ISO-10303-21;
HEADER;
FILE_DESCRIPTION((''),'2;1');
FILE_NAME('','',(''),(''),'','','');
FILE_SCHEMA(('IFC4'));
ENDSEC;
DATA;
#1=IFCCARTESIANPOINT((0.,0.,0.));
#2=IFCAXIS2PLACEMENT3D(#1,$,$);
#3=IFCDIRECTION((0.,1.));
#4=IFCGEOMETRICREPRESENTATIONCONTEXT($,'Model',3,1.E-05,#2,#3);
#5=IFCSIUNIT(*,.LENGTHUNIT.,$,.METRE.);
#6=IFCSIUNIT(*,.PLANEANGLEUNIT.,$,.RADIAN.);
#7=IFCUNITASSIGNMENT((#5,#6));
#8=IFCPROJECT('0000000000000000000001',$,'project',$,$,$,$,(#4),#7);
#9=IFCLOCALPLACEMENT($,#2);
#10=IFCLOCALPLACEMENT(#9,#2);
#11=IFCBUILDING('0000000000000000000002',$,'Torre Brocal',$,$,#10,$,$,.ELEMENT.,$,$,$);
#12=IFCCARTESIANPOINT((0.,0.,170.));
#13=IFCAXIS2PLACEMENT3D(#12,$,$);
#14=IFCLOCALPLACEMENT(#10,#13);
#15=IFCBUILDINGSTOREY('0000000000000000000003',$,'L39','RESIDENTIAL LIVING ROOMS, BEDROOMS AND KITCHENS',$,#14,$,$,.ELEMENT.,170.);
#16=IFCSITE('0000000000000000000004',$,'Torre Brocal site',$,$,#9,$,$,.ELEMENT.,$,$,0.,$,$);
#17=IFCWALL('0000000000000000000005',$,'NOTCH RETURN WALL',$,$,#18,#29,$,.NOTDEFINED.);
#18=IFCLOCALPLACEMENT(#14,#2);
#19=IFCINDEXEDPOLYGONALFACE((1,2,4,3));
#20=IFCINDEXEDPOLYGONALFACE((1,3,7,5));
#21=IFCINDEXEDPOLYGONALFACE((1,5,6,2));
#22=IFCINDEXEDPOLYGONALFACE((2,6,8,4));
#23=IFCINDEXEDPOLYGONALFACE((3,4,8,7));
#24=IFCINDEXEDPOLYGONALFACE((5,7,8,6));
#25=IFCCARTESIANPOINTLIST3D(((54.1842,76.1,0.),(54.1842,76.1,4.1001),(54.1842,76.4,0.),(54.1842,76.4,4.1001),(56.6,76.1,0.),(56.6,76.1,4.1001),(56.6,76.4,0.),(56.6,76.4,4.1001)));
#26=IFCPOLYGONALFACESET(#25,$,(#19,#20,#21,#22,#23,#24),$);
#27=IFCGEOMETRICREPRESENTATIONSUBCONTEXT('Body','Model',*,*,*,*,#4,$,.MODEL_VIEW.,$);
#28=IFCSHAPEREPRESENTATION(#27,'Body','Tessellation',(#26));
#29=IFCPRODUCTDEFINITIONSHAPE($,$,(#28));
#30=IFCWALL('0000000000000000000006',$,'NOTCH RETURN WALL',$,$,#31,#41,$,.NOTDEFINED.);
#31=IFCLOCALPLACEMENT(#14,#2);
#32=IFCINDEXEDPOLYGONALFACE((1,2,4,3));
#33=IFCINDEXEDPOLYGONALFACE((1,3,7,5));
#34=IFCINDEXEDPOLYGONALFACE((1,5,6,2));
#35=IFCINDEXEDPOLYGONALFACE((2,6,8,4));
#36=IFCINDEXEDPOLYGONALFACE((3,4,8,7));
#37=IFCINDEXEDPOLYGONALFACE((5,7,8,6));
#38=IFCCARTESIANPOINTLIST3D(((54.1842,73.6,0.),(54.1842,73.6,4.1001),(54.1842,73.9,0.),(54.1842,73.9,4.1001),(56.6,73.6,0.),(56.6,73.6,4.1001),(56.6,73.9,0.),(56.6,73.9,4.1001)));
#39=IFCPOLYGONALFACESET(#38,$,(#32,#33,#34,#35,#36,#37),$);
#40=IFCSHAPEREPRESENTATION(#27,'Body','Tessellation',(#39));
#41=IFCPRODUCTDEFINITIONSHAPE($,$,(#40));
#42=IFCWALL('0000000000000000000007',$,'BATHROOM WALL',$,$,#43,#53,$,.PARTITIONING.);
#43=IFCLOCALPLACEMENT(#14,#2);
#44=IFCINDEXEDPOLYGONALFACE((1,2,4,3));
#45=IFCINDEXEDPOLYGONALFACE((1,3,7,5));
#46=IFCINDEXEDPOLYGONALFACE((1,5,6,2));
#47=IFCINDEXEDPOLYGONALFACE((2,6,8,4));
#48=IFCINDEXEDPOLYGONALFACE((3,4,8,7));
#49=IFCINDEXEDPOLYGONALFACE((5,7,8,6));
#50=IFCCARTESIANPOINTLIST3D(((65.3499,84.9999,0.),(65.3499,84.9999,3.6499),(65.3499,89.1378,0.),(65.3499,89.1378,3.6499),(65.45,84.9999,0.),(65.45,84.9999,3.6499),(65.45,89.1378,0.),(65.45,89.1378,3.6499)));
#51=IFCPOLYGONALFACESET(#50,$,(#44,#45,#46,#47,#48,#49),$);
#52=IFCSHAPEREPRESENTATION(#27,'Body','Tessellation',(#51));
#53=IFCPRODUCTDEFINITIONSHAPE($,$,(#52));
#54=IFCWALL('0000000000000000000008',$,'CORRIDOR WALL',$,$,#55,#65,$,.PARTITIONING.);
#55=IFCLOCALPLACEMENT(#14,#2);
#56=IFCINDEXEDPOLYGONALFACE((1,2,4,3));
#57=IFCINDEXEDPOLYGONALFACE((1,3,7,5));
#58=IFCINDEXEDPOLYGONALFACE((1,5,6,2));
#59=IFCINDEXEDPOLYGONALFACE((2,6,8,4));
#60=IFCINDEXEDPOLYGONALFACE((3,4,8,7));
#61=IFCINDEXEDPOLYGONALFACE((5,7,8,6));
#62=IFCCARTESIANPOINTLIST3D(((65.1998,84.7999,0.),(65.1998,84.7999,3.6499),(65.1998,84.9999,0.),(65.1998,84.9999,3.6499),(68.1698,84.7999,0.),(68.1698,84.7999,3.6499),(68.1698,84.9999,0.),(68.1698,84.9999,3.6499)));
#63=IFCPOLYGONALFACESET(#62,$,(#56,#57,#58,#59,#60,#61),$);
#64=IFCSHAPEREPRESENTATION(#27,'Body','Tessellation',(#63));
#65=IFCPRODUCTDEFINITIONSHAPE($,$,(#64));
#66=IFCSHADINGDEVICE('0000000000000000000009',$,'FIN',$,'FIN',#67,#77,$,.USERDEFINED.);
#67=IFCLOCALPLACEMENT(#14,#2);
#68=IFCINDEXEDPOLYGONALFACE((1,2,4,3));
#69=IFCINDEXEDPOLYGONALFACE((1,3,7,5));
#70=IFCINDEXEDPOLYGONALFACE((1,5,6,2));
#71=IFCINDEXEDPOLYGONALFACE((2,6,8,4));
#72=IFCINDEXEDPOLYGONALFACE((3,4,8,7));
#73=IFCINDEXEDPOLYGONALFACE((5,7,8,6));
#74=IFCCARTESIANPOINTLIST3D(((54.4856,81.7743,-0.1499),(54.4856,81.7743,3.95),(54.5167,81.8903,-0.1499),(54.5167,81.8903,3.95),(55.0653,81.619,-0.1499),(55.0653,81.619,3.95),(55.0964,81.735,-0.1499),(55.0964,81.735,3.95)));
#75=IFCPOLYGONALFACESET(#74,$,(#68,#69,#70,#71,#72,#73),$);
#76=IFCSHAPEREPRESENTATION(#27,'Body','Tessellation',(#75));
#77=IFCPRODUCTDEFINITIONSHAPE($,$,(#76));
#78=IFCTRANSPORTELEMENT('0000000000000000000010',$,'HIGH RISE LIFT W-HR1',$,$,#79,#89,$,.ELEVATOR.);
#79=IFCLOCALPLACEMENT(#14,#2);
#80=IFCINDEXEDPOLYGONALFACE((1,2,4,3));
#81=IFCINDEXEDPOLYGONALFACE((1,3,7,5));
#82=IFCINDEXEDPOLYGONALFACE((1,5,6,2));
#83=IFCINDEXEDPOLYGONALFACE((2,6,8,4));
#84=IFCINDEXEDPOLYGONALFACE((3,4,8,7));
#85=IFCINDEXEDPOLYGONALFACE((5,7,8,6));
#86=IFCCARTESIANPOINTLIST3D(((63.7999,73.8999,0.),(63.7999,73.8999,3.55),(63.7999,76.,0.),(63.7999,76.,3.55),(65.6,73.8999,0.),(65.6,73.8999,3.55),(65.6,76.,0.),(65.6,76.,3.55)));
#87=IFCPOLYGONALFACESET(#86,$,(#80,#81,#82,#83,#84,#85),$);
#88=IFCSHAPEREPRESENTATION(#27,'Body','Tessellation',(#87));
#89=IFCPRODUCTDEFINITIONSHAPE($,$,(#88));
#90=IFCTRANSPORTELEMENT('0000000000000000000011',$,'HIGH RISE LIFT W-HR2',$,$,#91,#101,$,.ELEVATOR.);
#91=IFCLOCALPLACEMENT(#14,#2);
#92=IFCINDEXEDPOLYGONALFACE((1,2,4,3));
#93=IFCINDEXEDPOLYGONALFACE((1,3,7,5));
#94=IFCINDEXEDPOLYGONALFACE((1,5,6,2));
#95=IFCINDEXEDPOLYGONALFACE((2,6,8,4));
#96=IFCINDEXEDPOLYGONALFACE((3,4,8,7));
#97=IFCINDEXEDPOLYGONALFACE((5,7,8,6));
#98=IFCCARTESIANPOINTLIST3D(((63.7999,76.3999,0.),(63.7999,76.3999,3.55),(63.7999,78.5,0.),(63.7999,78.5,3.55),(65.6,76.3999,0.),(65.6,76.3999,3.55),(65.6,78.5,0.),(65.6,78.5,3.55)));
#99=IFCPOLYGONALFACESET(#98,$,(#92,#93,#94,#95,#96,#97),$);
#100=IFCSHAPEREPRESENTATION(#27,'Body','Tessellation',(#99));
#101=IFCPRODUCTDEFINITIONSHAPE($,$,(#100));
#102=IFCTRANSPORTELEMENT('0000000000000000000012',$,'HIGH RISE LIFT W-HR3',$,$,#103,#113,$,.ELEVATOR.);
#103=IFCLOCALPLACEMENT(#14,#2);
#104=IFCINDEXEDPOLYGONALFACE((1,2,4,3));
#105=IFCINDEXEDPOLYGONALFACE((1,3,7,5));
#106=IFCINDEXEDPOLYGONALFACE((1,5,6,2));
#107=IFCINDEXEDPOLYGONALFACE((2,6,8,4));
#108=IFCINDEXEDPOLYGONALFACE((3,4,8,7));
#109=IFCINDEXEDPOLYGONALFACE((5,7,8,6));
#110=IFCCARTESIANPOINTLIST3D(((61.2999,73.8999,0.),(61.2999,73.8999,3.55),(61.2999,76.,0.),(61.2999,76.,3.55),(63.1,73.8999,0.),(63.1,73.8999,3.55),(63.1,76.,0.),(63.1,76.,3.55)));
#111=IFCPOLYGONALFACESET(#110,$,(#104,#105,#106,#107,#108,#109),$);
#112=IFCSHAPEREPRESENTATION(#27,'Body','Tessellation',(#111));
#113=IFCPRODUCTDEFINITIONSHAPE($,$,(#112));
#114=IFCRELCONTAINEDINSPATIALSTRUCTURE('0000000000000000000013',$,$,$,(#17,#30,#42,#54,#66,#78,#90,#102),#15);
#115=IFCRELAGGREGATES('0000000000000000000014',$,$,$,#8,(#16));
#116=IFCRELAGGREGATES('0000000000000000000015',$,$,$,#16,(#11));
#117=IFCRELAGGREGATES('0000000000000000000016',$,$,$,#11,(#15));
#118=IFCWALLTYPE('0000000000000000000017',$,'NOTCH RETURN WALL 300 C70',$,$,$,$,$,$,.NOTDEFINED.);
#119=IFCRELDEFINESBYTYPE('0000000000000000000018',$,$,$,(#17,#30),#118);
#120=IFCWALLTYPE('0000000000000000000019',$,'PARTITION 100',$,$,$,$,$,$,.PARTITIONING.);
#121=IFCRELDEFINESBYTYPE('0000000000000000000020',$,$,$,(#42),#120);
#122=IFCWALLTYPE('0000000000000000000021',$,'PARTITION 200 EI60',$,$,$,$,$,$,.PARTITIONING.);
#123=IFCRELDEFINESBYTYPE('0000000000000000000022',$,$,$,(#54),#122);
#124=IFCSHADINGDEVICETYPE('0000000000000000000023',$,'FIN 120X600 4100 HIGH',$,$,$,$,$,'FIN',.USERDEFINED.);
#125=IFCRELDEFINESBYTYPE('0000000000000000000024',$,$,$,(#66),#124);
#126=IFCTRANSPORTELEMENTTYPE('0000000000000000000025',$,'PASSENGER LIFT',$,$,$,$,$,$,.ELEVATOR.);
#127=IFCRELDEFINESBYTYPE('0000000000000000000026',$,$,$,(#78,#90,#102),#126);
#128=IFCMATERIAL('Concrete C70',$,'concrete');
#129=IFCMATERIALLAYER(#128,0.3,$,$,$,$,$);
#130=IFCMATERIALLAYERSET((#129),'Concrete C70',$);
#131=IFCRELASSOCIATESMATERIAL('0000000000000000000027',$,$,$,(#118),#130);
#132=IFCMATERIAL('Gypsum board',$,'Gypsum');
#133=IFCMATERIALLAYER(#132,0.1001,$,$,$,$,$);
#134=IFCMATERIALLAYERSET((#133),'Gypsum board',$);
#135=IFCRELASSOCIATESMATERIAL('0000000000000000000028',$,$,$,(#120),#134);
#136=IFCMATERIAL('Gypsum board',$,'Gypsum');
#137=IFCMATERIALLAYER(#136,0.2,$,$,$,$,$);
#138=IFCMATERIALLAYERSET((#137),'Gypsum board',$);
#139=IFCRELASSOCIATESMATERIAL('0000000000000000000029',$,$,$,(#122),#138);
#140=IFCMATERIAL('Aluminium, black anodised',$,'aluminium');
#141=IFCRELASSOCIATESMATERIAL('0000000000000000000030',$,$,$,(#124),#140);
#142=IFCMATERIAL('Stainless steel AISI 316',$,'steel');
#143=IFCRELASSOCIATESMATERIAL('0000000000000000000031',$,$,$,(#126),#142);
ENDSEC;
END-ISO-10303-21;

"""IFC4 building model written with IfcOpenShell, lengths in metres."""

from ifc_helpers import new_model, si_unit, direction, frame, frame_2d, origin, origin_2d, place, context, subcontext, project, spatial, rectangle, extrude, material, layer, layer_set, material_profile, profile_set, type_object, element, save


model = new_model("IFC4")

# Units and contexts
model_context = context("Model", 3, precision=1e-05, world=origin(), true_north=direction((0.0, 1.0)))
body_context = subcontext(model_context, "Body", "Model", "MODEL_VIEW")
ifc_project = project(units=[si_unit("LENGTHUNIT", "METRE"), si_unit("PLANEANGLEUNIT", "RADIAN")], contexts=[model_context])

# Site, building, storey
site_placement = place(None, origin())
site = spatial("IfcSite", under=ifc_project, at=site_placement, Name="Torre Brocal site", CompositionType="ELEMENT", RefElevation=0.0)
building_placement = place(site_placement, origin())
building = spatial("IfcBuilding", under=site, at=building_placement, Name="Torre Brocal", CompositionType="ELEMENT")
storey_placement = place(building_placement, frame((0.0, 0.0, 170.0)))
storey = spatial("IfcBuildingStorey", under=building, at=storey_placement, Name="L39", Description="RESIDENTIAL LIVING ROOMS, BEDROOMS AND KITCHENS", CompositionType="ELEMENT", Elevation=170.0)

# Walls
ifc_material_1 = material(Name="Concrete C70", Category="concrete")
ifc_layer_1 = layer(ifc_material_1, 0.3)
ifc_layer_set_1 = layer_set([ifc_layer_1], Name="Concrete C70")
wall_type_1 = type_object("IfcWallType", Name="NOTCH RETURN WALL 300 C70", PredefinedType="NOTDEFINED", material=ifc_layer_set_1)
for number, where, z_axis, x_axis, name in (
    (1, (56.6001, 76.25, 0.0), (0.0, 0.0, 1.0), (-1.0, 0.0, 0.0), "NOTCH RETURN WALL"),
    (2, (56.6001, 73.75, 0.0), (0.0, 0.0, 1.0), (-1.0, 0.0, 0.0), "NOTCH RETURN WALL"),
):
    element("IfcWall", number, at=place(storey_placement, frame(where, z_axis=z_axis, x_axis=x_axis)), inside=storey, type_object=wall_type_1, Name=name, PredefinedType="NOTDEFINED", context=body_context, shape_type="SweptSolid", body=[
        extrude(rectangle(XDim=2.4158, YDim=0.3, at=frame_2d((1.208, 0.0))), origin(), (0.0, 0.0, 1.0), 4.1001),
    ])
ifc_material_2 = material(Name="Gypsum board", Category="Gypsum")
ifc_layer_2 = layer(ifc_material_2, 0.1001)
ifc_layer_set_2 = layer_set([ifc_layer_2], Name="Gypsum board")
wall_type_2 = type_object("IfcWallType", Name="PARTITION 100", PredefinedType="PARTITIONING", material=ifc_layer_set_2)
wall_1_placement = place(storey_placement, frame((65.3999, 85.0, 0.0), z_axis=(0.0, 0.0, 1.0), x_axis=(0.0, 1.0, 0.0)))
element("IfcWall", 3, at=wall_1_placement, inside=storey, type_object=wall_type_2, Name="BATHROOM WALL", PredefinedType="PARTITIONING", context=body_context, shape_type="SweptSolid", body=[
    extrude(rectangle(XDim=4.1379, YDim=0.1001, at=frame_2d((2.0688, 0.0))), origin(), (0.0, 0.0, 1.0), 3.6499),
])
ifc_material_3 = material(Name="Gypsum board", Category="Gypsum")
ifc_layer_3 = layer(ifc_material_3, 0.2)
ifc_layer_set_3 = layer_set([ifc_layer_3], Name="Gypsum board")
wall_type_3 = type_object("IfcWallType", Name="PARTITION 200 EI60", PredefinedType="PARTITIONING", material=ifc_layer_set_3)
wall_2_placement = place(storey_placement, frame((65.2, 84.8999, 0.0), z_axis=(0.0, 0.0, 1.0), x_axis=(1.0, 0.0, 0.0)))
element("IfcWall", 4, at=wall_2_placement, inside=storey, type_object=wall_type_3, Name="CORRIDOR WALL", PredefinedType="PARTITIONING", context=body_context, shape_type="SweptSolid", body=[
    extrude(rectangle(XDim=2.97, YDim=0.2, at=frame_2d((1.4849, 0.0))), origin(), (0.0, 0.0, 1.0), 3.6499),
])

# Shading device
ifc_material_4 = material(Name="Aluminium, black anodised", Category="aluminium")
ifc_material_profile_1 = material_profile(ifc_material_4, rectangle(XDim=0.1201, YDim=0.6001, at=origin_2d()), Name="FIN 120X600 4100 HIGH")
ifc_profile_set_1 = profile_set([ifc_material_profile_1], Name="Aluminium, black anodised")
shading_device_type = type_object("IfcShadingDeviceType", Name="FIN 120X600 4100 HIGH", ElementType="FIN", PredefinedType="USERDEFINED", material=ifc_profile_set_1)
shading_device_placement = place(storey_placement, frame((54.791, 81.7546, -0.1499), z_axis=(0.0, 0.0, 1.0), x_axis=(-0.258819, -0.965926, 0.0)))
element("IfcShadingDevice", 5, at=shading_device_placement, inside=storey, type_object=shading_device_type, Name="FIN", ObjectType="FIN", PredefinedType="USERDEFINED", context=body_context, shape_type="SweptSolid", body=[
    extrude(rectangle(XDim=0.1201, YDim=0.6001, at=origin_2d()), origin(), (0.0, 0.0, 1.0), 4.0999),
])

# Transport elements
ifc_material_5 = material(Name="Stainless steel AISI 316", Category="steel")
transport_element_type = type_object("IfcTransportElementType", Name="PASSENGER LIFT", PredefinedType="ELEVATOR", material=ifc_material_5)
for number, where, z_axis, x_axis, name in (
    (6, (64.7, 74.95, 0.0), (0.0, 0.0, 1.0), (1.0, 0.0, 0.0), "HIGH RISE LIFT W-HR1"),
    (7, (64.7, 77.45, 0.0), (0.0, 0.0, 1.0), (1.0, 0.0, 0.0), "HIGH RISE LIFT W-HR2"),
    (8, (62.2, 74.95, 0.0), (0.0, 0.0, 1.0), (1.0, 0.0, 0.0), "HIGH RISE LIFT W-HR3"),
):
    element("IfcTransportElement", number, at=place(storey_placement, frame(where, z_axis=z_axis, x_axis=x_axis)), inside=storey, type_object=transport_element_type, Name=name, PredefinedType="ELEVATOR", context=body_context, shape_type="SweptSolid", body=[
        extrude(rectangle(XDim=1.8, YDim=2.1001, at=origin_2d()), origin(), (0.0, 0.0, 1.0), 3.55),
    ])

save(model, "model.ifc")
